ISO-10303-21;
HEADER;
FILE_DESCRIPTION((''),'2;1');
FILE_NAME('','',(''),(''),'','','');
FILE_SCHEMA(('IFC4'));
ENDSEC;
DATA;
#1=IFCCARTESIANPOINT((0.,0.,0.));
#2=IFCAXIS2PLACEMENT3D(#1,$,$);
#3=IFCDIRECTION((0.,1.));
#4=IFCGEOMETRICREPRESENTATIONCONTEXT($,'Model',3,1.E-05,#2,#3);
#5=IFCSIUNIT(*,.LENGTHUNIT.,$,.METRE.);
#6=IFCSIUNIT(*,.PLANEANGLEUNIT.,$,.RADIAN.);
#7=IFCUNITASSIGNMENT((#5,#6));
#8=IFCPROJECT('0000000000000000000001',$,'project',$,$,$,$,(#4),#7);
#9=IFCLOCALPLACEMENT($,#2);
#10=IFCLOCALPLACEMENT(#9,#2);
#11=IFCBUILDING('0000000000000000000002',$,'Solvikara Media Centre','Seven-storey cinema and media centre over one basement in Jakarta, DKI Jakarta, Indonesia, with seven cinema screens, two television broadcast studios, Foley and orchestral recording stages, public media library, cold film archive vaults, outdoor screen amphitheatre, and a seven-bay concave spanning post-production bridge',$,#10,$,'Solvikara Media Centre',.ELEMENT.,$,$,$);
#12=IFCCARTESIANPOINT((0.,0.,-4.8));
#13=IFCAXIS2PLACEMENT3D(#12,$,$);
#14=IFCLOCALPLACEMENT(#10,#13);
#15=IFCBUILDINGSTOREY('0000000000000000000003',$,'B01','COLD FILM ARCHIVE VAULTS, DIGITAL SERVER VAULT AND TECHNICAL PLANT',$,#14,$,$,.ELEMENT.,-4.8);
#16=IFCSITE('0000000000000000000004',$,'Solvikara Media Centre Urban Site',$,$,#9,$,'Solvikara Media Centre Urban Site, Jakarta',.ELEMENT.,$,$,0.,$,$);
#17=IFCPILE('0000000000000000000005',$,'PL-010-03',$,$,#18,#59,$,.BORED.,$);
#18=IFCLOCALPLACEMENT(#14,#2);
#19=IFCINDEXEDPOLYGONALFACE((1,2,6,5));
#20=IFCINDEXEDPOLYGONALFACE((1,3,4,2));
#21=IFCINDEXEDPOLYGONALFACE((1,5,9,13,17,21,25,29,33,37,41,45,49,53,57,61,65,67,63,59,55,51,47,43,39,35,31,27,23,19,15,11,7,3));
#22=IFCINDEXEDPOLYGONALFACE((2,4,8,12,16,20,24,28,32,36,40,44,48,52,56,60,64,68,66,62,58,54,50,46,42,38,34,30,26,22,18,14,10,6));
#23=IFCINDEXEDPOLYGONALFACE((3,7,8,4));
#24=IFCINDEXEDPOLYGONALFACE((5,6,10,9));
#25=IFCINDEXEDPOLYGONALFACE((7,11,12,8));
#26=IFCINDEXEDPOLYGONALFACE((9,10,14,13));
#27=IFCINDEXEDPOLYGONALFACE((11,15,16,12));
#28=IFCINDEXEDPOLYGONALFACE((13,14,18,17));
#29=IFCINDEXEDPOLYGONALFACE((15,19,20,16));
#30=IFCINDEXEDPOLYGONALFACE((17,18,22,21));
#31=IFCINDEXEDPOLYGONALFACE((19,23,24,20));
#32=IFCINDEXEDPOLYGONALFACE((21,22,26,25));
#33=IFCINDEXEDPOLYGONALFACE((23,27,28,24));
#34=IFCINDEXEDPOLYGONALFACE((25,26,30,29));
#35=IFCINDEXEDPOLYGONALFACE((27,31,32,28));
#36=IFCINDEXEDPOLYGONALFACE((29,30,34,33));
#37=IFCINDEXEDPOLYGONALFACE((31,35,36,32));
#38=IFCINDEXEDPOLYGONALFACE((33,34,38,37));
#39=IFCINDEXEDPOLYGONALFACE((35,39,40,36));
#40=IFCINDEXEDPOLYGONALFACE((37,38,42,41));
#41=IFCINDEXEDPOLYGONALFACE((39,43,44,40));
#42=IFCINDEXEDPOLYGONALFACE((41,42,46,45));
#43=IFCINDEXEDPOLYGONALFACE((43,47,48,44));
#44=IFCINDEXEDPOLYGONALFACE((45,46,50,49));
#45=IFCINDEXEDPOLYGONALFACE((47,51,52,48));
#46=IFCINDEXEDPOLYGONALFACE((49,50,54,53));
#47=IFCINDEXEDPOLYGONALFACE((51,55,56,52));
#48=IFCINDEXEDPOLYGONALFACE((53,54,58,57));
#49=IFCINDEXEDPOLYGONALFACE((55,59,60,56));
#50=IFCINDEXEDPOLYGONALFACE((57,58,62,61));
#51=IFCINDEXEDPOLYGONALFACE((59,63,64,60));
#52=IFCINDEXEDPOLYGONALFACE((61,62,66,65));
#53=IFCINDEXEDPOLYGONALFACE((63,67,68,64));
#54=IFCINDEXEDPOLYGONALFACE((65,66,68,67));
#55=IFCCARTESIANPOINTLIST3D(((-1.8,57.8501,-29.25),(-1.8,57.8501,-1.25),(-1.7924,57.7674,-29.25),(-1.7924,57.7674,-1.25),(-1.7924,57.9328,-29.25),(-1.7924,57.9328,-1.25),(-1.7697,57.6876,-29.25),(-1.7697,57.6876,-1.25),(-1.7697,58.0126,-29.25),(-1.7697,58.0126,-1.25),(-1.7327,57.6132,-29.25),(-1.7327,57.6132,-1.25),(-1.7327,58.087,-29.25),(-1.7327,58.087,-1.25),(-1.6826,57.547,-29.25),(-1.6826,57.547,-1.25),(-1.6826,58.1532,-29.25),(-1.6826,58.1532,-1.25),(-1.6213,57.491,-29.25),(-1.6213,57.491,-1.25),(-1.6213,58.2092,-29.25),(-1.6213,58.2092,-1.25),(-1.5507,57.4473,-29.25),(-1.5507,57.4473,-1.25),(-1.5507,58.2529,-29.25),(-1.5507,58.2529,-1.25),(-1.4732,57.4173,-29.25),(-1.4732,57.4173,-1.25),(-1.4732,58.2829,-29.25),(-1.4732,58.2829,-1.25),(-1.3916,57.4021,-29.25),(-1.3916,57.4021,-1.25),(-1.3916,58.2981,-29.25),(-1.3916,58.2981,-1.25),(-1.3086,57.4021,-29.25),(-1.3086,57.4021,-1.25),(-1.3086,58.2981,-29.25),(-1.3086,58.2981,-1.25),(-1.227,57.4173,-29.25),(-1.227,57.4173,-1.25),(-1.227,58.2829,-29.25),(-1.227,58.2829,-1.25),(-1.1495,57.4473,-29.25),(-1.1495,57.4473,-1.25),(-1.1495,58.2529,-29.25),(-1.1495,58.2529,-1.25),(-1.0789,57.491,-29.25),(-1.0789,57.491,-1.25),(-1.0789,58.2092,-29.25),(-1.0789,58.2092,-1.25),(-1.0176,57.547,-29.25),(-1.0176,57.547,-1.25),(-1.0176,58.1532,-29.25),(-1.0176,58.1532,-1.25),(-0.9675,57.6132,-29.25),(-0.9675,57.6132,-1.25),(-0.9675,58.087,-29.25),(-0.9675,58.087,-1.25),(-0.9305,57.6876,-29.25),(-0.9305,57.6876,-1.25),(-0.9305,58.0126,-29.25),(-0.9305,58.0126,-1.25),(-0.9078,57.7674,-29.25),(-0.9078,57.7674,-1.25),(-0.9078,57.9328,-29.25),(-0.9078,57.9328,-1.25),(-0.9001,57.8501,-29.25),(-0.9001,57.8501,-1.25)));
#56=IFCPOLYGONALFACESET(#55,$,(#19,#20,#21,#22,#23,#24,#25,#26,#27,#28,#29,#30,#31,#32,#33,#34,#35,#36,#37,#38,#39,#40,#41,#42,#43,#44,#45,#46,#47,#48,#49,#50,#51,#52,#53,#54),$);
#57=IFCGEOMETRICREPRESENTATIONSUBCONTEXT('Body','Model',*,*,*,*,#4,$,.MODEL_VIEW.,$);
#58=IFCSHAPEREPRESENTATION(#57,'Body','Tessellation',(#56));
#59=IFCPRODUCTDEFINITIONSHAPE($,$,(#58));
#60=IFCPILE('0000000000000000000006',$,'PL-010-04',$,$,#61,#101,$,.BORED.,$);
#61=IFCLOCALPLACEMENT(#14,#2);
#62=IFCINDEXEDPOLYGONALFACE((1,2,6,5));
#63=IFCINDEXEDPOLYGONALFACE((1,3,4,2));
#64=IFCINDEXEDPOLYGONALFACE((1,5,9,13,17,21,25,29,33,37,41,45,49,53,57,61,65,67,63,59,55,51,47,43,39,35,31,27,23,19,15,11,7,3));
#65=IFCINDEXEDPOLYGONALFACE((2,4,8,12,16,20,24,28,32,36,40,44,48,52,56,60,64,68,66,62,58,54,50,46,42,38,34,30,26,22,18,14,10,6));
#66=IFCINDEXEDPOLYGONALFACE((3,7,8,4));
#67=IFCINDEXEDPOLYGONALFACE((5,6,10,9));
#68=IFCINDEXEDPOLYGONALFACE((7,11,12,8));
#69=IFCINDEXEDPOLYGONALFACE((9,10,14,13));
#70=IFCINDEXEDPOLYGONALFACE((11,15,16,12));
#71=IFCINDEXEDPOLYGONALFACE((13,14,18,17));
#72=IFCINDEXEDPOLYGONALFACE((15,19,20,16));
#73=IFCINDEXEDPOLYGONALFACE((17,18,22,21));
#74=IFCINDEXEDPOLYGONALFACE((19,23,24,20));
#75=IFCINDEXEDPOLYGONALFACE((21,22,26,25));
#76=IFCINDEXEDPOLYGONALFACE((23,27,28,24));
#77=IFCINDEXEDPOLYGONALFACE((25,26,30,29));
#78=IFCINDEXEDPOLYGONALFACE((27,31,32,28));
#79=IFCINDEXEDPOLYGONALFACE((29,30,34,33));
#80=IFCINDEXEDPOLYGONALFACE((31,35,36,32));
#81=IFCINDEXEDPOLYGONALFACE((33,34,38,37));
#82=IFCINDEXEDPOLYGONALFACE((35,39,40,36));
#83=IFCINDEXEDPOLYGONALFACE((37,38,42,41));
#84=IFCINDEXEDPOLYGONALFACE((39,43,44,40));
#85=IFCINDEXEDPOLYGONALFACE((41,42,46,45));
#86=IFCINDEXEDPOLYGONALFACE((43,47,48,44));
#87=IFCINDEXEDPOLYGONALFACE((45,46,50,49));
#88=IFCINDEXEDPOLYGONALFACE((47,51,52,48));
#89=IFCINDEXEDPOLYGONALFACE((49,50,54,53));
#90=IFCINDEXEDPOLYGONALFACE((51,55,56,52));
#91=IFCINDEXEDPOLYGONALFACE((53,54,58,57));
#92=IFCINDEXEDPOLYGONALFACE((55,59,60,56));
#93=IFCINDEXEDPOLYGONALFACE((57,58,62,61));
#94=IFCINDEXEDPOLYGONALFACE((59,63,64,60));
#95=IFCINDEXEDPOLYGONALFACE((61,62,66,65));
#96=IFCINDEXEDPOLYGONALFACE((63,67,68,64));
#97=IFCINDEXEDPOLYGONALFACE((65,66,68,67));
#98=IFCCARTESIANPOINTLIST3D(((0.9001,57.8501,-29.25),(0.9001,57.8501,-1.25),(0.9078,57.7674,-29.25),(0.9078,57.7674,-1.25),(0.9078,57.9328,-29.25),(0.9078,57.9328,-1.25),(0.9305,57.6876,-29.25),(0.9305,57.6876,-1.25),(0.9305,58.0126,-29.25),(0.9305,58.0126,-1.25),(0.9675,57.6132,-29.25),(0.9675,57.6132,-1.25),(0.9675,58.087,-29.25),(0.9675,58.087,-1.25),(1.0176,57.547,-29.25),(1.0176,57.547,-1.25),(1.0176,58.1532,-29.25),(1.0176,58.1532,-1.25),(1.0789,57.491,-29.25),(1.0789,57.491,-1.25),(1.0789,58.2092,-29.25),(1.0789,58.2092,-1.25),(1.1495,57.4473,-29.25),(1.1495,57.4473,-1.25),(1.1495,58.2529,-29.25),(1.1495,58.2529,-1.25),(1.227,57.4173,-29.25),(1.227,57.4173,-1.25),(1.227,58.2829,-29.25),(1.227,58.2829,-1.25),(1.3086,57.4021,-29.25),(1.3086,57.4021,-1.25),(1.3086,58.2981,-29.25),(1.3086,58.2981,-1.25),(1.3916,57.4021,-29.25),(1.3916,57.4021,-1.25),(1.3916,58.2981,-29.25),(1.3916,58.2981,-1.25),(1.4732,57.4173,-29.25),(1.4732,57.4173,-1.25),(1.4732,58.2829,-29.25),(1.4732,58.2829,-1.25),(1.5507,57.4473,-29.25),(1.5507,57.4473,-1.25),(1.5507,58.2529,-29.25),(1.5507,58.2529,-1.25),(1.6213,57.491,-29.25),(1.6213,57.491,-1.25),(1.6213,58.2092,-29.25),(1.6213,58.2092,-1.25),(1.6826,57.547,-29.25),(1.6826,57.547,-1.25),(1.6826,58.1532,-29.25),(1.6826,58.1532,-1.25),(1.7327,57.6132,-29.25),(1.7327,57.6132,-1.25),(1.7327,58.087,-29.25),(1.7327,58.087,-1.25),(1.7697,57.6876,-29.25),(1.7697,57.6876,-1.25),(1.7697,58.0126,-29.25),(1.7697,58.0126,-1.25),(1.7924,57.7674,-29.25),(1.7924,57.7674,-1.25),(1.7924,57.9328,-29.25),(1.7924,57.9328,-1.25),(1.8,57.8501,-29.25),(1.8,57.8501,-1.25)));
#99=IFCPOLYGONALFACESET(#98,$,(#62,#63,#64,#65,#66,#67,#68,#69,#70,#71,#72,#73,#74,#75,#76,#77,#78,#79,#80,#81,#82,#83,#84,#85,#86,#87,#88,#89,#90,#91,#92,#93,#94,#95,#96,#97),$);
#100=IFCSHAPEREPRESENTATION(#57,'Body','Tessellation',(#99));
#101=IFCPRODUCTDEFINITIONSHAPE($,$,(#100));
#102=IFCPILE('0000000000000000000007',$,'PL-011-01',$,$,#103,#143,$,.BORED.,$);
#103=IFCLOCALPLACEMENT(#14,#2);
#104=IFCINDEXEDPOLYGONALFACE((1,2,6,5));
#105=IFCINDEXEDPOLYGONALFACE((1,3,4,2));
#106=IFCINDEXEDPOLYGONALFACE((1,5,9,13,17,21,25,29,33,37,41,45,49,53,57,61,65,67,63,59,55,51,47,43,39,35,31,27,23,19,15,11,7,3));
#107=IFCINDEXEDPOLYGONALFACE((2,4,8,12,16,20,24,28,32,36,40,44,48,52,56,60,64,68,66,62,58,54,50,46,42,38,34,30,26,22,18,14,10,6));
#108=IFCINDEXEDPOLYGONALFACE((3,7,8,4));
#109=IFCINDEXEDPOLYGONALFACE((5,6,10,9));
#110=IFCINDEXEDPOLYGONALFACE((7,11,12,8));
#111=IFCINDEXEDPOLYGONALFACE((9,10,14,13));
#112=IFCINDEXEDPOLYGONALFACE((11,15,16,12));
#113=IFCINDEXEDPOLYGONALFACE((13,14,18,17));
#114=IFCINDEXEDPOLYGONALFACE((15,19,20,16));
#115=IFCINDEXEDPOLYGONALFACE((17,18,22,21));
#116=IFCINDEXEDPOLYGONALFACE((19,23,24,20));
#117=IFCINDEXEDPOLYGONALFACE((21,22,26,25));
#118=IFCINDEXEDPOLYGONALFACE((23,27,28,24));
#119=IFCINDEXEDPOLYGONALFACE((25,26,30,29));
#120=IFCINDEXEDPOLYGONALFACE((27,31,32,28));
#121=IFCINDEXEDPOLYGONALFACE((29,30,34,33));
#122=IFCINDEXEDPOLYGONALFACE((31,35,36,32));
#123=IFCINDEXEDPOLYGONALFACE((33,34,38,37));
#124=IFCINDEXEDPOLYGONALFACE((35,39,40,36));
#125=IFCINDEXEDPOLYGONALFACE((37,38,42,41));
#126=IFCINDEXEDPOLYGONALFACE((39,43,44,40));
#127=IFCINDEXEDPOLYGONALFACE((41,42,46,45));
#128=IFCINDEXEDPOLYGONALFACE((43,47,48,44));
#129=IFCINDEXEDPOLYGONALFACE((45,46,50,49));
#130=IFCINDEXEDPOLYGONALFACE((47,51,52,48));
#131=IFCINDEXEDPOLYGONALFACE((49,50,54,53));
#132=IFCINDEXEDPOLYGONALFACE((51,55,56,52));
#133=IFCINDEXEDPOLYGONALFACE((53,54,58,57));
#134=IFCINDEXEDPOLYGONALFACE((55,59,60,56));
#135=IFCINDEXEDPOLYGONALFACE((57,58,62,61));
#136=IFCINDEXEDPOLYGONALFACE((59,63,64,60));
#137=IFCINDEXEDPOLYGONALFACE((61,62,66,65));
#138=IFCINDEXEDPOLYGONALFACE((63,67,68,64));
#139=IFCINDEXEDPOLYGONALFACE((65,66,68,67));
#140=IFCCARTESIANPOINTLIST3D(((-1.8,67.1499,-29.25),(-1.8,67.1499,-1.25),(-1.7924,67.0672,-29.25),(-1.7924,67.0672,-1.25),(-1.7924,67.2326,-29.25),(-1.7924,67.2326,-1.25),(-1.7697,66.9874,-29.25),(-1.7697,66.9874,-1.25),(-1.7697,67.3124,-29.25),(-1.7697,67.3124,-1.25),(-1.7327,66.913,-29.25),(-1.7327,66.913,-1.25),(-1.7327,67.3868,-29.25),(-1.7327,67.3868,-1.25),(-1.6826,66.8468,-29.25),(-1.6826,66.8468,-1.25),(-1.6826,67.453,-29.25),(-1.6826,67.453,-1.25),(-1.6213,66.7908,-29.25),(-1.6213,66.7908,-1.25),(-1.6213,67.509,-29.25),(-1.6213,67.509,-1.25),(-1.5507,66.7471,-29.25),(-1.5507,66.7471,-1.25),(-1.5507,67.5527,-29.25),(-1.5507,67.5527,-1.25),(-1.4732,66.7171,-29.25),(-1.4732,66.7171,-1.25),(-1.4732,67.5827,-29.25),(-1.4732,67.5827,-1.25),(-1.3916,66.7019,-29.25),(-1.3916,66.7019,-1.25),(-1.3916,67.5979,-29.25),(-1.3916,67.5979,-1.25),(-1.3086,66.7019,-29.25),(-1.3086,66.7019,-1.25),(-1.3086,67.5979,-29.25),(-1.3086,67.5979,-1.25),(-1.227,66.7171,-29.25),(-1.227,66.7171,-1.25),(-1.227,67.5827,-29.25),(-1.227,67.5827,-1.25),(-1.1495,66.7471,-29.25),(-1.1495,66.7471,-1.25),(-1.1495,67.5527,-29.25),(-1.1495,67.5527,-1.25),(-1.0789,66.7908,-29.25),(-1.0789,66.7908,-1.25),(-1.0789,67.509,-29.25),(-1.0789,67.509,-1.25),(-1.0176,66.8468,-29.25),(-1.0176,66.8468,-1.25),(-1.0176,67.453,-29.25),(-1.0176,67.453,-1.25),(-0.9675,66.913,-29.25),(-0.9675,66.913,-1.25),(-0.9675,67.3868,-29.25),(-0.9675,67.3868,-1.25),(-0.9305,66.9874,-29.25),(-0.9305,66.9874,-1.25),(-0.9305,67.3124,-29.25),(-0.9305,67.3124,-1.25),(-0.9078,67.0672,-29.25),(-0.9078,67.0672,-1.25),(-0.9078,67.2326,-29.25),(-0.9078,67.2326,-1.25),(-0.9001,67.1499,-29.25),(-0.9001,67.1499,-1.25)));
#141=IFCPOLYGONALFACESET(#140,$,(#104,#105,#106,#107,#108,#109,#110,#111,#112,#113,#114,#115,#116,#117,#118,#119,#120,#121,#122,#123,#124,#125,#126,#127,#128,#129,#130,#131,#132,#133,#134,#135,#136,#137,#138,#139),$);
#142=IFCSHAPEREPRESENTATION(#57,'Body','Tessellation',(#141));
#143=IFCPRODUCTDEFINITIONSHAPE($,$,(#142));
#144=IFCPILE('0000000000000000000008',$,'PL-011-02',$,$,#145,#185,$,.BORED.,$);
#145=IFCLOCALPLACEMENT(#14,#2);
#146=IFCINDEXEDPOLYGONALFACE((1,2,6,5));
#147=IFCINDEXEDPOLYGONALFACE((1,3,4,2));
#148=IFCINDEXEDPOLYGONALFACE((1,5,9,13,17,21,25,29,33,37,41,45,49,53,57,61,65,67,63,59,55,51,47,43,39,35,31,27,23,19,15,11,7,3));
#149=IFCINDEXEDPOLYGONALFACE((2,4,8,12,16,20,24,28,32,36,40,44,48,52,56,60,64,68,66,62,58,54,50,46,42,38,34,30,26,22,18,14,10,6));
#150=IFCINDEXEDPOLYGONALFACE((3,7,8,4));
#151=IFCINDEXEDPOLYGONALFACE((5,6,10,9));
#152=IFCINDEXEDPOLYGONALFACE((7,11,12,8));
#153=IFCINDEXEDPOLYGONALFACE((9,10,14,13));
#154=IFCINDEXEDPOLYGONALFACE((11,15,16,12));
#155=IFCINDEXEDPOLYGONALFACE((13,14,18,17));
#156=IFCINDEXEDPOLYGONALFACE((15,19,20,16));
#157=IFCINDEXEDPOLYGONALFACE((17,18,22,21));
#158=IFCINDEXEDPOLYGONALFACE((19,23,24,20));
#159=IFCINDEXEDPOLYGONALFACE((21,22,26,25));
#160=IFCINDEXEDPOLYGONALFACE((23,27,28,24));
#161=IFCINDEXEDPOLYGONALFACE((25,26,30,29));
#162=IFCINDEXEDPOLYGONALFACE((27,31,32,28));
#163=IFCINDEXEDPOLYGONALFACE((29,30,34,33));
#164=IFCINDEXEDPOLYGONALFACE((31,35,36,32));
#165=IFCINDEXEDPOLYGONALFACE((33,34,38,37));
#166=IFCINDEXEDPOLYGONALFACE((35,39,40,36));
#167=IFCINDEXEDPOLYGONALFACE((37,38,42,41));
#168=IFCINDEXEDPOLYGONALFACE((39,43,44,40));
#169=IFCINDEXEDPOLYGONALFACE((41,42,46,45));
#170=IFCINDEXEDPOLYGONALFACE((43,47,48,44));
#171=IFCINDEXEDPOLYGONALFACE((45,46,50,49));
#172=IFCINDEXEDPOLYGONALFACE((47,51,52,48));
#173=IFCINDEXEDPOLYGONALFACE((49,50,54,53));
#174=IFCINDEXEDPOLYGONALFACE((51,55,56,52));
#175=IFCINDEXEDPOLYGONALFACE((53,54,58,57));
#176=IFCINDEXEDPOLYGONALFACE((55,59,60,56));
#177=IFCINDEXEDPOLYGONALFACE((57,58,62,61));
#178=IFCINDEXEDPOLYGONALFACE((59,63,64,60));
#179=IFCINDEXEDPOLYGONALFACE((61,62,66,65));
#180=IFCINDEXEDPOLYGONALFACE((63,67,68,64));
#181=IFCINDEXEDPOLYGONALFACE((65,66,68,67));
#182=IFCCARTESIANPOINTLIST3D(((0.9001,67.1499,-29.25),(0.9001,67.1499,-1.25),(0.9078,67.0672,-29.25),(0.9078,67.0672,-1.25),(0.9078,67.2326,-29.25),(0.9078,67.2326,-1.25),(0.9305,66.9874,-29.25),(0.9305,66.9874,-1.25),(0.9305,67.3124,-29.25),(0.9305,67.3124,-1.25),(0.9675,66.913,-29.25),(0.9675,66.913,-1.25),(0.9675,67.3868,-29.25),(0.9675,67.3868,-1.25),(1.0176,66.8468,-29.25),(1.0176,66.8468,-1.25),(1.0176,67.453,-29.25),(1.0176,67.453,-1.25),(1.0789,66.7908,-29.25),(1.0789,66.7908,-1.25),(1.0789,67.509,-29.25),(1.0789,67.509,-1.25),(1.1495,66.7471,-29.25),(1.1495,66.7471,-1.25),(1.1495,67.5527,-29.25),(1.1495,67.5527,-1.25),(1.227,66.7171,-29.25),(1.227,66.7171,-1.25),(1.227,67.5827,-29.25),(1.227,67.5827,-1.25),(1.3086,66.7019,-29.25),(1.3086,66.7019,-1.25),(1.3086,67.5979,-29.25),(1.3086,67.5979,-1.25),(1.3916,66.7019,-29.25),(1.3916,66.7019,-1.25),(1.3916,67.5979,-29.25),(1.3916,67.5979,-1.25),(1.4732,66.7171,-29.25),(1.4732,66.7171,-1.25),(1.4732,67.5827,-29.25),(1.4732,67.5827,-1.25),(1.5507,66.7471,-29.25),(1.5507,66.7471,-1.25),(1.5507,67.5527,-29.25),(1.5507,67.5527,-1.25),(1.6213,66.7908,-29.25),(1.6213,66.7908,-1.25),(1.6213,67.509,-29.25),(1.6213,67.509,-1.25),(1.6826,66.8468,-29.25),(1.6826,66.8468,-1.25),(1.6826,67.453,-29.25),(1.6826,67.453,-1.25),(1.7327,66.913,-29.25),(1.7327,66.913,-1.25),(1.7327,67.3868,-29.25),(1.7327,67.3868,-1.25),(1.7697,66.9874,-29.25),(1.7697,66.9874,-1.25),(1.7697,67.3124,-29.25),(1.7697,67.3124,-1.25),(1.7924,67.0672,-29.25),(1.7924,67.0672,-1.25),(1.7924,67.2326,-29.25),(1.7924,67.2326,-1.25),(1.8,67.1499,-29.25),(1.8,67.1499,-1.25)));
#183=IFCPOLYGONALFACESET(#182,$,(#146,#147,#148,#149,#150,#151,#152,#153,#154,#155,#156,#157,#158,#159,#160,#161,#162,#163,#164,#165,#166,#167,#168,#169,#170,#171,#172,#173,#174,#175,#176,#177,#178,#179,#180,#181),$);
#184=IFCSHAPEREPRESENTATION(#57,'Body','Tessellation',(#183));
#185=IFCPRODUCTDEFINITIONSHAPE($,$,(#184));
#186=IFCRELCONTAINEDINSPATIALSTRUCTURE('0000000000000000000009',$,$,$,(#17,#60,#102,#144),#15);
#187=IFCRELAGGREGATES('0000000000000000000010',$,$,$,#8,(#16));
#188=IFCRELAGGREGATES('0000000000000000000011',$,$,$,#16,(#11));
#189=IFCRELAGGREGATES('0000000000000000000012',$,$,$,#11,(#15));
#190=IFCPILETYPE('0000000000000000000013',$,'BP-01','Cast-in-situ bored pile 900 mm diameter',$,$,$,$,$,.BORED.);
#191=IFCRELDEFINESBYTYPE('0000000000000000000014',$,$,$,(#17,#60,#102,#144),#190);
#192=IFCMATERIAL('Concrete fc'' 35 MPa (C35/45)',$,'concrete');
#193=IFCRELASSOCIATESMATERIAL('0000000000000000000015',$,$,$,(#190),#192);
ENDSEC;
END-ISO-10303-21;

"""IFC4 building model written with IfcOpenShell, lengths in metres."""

from ifc_helpers import new_model, si_unit, direction, frame, origin, origin_2d, place, context, subcontext, project, spatial, circle, extrude, material, material_profile, profile_set, type_object, element, save


model = new_model("IFC4")

# Units and contexts
model_context = context("Model", 3, precision=1e-05, world=origin(), true_north=direction((0.0, 1.0)))
body_context = subcontext(model_context, "Body", "Model", "MODEL_VIEW")
ifc_project = project(units=[si_unit("LENGTHUNIT", "METRE"), si_unit("PLANEANGLEUNIT", "RADIAN")], contexts=[model_context])

# Site, building, storey
site_placement = place(None, origin())
site = spatial("IfcSite", under=ifc_project, at=site_placement, Name="Solvikara Media Centre Urban Site", LongName="Solvikara Media Centre Urban Site, Jakarta", CompositionType="ELEMENT", RefElevation=0.0)
building_placement = place(site_placement, origin())
building = spatial("IfcBuilding", under=site, at=building_placement, Name="Solvikara Media Centre", Description="Seven-storey cinema and media centre over one basement in Jakarta, DKI Jakarta, Indonesia, with seven cinema screens, two television broadcast studios, Foley and orchestral recording stages, public media library, cold film archive vaults, outdoor screen amphitheatre, and a seven-bay concave spanning post-production bridge", LongName="Solvikara Media Centre", CompositionType="ELEMENT")
storey_placement = place(building_placement, frame((0.0, 0.0, -4.8)))
storey = spatial("IfcBuildingStorey", under=building, at=storey_placement, Name="B01", Description="COLD FILM ARCHIVE VAULTS, DIGITAL SERVER VAULT AND TECHNICAL PLANT", CompositionType="ELEMENT", Elevation=-4.8)

# Piles
ifc_material_1 = material(Name="Concrete fc' 35 MPa (C35/45)", Category="concrete")
ifc_material_profile_1 = material_profile(ifc_material_1, circle(Radius=0.45, at=origin_2d()), Name="BORED PILE D900")
ifc_profile_set_1 = profile_set([ifc_material_profile_1], Name="Concrete fc' 35 MPa (C35/45)")
pile_type_1 = type_object("IfcPileType", Name="BP-01", Description="Cast-in-situ bored pile 900 mm diameter", PredefinedType="BORED", material=ifc_profile_set_1)
for number, where, z_axis, x_axis, name in (
    (1, (-1.3501, 57.8501, -1.25), (0.0, 0.0, -1.0), (1.0, 0.0, 0.0), "PL-010-03"),
    (2, (1.3501, 57.8501, -1.25), (0.0, 0.0, -1.0), (1.0, 0.0, 0.0), "PL-010-04"),
    (3, (-1.3501, 67.1499, -1.25), (0.0, 0.0, -1.0), (1.0, 0.0, 0.0), "PL-011-01"),
    (4, (1.3501, 67.1499, -1.25), (0.0, 0.0, -1.0), (1.0, 0.0, 0.0), "PL-011-02"),
):
    element("IfcPile", number, at=place(storey_placement, frame(where, z_axis=z_axis, x_axis=x_axis)), inside=storey, type_object=pile_type_1, Name=name, PredefinedType="BORED", context=body_context, shape_type="SweptSolid", body=[
        extrude(circle(Radius=0.45, at=origin_2d()), origin(), (0.0, 0.0, 1.0), 28.0),
    ])

save(model, "model.ifc")
